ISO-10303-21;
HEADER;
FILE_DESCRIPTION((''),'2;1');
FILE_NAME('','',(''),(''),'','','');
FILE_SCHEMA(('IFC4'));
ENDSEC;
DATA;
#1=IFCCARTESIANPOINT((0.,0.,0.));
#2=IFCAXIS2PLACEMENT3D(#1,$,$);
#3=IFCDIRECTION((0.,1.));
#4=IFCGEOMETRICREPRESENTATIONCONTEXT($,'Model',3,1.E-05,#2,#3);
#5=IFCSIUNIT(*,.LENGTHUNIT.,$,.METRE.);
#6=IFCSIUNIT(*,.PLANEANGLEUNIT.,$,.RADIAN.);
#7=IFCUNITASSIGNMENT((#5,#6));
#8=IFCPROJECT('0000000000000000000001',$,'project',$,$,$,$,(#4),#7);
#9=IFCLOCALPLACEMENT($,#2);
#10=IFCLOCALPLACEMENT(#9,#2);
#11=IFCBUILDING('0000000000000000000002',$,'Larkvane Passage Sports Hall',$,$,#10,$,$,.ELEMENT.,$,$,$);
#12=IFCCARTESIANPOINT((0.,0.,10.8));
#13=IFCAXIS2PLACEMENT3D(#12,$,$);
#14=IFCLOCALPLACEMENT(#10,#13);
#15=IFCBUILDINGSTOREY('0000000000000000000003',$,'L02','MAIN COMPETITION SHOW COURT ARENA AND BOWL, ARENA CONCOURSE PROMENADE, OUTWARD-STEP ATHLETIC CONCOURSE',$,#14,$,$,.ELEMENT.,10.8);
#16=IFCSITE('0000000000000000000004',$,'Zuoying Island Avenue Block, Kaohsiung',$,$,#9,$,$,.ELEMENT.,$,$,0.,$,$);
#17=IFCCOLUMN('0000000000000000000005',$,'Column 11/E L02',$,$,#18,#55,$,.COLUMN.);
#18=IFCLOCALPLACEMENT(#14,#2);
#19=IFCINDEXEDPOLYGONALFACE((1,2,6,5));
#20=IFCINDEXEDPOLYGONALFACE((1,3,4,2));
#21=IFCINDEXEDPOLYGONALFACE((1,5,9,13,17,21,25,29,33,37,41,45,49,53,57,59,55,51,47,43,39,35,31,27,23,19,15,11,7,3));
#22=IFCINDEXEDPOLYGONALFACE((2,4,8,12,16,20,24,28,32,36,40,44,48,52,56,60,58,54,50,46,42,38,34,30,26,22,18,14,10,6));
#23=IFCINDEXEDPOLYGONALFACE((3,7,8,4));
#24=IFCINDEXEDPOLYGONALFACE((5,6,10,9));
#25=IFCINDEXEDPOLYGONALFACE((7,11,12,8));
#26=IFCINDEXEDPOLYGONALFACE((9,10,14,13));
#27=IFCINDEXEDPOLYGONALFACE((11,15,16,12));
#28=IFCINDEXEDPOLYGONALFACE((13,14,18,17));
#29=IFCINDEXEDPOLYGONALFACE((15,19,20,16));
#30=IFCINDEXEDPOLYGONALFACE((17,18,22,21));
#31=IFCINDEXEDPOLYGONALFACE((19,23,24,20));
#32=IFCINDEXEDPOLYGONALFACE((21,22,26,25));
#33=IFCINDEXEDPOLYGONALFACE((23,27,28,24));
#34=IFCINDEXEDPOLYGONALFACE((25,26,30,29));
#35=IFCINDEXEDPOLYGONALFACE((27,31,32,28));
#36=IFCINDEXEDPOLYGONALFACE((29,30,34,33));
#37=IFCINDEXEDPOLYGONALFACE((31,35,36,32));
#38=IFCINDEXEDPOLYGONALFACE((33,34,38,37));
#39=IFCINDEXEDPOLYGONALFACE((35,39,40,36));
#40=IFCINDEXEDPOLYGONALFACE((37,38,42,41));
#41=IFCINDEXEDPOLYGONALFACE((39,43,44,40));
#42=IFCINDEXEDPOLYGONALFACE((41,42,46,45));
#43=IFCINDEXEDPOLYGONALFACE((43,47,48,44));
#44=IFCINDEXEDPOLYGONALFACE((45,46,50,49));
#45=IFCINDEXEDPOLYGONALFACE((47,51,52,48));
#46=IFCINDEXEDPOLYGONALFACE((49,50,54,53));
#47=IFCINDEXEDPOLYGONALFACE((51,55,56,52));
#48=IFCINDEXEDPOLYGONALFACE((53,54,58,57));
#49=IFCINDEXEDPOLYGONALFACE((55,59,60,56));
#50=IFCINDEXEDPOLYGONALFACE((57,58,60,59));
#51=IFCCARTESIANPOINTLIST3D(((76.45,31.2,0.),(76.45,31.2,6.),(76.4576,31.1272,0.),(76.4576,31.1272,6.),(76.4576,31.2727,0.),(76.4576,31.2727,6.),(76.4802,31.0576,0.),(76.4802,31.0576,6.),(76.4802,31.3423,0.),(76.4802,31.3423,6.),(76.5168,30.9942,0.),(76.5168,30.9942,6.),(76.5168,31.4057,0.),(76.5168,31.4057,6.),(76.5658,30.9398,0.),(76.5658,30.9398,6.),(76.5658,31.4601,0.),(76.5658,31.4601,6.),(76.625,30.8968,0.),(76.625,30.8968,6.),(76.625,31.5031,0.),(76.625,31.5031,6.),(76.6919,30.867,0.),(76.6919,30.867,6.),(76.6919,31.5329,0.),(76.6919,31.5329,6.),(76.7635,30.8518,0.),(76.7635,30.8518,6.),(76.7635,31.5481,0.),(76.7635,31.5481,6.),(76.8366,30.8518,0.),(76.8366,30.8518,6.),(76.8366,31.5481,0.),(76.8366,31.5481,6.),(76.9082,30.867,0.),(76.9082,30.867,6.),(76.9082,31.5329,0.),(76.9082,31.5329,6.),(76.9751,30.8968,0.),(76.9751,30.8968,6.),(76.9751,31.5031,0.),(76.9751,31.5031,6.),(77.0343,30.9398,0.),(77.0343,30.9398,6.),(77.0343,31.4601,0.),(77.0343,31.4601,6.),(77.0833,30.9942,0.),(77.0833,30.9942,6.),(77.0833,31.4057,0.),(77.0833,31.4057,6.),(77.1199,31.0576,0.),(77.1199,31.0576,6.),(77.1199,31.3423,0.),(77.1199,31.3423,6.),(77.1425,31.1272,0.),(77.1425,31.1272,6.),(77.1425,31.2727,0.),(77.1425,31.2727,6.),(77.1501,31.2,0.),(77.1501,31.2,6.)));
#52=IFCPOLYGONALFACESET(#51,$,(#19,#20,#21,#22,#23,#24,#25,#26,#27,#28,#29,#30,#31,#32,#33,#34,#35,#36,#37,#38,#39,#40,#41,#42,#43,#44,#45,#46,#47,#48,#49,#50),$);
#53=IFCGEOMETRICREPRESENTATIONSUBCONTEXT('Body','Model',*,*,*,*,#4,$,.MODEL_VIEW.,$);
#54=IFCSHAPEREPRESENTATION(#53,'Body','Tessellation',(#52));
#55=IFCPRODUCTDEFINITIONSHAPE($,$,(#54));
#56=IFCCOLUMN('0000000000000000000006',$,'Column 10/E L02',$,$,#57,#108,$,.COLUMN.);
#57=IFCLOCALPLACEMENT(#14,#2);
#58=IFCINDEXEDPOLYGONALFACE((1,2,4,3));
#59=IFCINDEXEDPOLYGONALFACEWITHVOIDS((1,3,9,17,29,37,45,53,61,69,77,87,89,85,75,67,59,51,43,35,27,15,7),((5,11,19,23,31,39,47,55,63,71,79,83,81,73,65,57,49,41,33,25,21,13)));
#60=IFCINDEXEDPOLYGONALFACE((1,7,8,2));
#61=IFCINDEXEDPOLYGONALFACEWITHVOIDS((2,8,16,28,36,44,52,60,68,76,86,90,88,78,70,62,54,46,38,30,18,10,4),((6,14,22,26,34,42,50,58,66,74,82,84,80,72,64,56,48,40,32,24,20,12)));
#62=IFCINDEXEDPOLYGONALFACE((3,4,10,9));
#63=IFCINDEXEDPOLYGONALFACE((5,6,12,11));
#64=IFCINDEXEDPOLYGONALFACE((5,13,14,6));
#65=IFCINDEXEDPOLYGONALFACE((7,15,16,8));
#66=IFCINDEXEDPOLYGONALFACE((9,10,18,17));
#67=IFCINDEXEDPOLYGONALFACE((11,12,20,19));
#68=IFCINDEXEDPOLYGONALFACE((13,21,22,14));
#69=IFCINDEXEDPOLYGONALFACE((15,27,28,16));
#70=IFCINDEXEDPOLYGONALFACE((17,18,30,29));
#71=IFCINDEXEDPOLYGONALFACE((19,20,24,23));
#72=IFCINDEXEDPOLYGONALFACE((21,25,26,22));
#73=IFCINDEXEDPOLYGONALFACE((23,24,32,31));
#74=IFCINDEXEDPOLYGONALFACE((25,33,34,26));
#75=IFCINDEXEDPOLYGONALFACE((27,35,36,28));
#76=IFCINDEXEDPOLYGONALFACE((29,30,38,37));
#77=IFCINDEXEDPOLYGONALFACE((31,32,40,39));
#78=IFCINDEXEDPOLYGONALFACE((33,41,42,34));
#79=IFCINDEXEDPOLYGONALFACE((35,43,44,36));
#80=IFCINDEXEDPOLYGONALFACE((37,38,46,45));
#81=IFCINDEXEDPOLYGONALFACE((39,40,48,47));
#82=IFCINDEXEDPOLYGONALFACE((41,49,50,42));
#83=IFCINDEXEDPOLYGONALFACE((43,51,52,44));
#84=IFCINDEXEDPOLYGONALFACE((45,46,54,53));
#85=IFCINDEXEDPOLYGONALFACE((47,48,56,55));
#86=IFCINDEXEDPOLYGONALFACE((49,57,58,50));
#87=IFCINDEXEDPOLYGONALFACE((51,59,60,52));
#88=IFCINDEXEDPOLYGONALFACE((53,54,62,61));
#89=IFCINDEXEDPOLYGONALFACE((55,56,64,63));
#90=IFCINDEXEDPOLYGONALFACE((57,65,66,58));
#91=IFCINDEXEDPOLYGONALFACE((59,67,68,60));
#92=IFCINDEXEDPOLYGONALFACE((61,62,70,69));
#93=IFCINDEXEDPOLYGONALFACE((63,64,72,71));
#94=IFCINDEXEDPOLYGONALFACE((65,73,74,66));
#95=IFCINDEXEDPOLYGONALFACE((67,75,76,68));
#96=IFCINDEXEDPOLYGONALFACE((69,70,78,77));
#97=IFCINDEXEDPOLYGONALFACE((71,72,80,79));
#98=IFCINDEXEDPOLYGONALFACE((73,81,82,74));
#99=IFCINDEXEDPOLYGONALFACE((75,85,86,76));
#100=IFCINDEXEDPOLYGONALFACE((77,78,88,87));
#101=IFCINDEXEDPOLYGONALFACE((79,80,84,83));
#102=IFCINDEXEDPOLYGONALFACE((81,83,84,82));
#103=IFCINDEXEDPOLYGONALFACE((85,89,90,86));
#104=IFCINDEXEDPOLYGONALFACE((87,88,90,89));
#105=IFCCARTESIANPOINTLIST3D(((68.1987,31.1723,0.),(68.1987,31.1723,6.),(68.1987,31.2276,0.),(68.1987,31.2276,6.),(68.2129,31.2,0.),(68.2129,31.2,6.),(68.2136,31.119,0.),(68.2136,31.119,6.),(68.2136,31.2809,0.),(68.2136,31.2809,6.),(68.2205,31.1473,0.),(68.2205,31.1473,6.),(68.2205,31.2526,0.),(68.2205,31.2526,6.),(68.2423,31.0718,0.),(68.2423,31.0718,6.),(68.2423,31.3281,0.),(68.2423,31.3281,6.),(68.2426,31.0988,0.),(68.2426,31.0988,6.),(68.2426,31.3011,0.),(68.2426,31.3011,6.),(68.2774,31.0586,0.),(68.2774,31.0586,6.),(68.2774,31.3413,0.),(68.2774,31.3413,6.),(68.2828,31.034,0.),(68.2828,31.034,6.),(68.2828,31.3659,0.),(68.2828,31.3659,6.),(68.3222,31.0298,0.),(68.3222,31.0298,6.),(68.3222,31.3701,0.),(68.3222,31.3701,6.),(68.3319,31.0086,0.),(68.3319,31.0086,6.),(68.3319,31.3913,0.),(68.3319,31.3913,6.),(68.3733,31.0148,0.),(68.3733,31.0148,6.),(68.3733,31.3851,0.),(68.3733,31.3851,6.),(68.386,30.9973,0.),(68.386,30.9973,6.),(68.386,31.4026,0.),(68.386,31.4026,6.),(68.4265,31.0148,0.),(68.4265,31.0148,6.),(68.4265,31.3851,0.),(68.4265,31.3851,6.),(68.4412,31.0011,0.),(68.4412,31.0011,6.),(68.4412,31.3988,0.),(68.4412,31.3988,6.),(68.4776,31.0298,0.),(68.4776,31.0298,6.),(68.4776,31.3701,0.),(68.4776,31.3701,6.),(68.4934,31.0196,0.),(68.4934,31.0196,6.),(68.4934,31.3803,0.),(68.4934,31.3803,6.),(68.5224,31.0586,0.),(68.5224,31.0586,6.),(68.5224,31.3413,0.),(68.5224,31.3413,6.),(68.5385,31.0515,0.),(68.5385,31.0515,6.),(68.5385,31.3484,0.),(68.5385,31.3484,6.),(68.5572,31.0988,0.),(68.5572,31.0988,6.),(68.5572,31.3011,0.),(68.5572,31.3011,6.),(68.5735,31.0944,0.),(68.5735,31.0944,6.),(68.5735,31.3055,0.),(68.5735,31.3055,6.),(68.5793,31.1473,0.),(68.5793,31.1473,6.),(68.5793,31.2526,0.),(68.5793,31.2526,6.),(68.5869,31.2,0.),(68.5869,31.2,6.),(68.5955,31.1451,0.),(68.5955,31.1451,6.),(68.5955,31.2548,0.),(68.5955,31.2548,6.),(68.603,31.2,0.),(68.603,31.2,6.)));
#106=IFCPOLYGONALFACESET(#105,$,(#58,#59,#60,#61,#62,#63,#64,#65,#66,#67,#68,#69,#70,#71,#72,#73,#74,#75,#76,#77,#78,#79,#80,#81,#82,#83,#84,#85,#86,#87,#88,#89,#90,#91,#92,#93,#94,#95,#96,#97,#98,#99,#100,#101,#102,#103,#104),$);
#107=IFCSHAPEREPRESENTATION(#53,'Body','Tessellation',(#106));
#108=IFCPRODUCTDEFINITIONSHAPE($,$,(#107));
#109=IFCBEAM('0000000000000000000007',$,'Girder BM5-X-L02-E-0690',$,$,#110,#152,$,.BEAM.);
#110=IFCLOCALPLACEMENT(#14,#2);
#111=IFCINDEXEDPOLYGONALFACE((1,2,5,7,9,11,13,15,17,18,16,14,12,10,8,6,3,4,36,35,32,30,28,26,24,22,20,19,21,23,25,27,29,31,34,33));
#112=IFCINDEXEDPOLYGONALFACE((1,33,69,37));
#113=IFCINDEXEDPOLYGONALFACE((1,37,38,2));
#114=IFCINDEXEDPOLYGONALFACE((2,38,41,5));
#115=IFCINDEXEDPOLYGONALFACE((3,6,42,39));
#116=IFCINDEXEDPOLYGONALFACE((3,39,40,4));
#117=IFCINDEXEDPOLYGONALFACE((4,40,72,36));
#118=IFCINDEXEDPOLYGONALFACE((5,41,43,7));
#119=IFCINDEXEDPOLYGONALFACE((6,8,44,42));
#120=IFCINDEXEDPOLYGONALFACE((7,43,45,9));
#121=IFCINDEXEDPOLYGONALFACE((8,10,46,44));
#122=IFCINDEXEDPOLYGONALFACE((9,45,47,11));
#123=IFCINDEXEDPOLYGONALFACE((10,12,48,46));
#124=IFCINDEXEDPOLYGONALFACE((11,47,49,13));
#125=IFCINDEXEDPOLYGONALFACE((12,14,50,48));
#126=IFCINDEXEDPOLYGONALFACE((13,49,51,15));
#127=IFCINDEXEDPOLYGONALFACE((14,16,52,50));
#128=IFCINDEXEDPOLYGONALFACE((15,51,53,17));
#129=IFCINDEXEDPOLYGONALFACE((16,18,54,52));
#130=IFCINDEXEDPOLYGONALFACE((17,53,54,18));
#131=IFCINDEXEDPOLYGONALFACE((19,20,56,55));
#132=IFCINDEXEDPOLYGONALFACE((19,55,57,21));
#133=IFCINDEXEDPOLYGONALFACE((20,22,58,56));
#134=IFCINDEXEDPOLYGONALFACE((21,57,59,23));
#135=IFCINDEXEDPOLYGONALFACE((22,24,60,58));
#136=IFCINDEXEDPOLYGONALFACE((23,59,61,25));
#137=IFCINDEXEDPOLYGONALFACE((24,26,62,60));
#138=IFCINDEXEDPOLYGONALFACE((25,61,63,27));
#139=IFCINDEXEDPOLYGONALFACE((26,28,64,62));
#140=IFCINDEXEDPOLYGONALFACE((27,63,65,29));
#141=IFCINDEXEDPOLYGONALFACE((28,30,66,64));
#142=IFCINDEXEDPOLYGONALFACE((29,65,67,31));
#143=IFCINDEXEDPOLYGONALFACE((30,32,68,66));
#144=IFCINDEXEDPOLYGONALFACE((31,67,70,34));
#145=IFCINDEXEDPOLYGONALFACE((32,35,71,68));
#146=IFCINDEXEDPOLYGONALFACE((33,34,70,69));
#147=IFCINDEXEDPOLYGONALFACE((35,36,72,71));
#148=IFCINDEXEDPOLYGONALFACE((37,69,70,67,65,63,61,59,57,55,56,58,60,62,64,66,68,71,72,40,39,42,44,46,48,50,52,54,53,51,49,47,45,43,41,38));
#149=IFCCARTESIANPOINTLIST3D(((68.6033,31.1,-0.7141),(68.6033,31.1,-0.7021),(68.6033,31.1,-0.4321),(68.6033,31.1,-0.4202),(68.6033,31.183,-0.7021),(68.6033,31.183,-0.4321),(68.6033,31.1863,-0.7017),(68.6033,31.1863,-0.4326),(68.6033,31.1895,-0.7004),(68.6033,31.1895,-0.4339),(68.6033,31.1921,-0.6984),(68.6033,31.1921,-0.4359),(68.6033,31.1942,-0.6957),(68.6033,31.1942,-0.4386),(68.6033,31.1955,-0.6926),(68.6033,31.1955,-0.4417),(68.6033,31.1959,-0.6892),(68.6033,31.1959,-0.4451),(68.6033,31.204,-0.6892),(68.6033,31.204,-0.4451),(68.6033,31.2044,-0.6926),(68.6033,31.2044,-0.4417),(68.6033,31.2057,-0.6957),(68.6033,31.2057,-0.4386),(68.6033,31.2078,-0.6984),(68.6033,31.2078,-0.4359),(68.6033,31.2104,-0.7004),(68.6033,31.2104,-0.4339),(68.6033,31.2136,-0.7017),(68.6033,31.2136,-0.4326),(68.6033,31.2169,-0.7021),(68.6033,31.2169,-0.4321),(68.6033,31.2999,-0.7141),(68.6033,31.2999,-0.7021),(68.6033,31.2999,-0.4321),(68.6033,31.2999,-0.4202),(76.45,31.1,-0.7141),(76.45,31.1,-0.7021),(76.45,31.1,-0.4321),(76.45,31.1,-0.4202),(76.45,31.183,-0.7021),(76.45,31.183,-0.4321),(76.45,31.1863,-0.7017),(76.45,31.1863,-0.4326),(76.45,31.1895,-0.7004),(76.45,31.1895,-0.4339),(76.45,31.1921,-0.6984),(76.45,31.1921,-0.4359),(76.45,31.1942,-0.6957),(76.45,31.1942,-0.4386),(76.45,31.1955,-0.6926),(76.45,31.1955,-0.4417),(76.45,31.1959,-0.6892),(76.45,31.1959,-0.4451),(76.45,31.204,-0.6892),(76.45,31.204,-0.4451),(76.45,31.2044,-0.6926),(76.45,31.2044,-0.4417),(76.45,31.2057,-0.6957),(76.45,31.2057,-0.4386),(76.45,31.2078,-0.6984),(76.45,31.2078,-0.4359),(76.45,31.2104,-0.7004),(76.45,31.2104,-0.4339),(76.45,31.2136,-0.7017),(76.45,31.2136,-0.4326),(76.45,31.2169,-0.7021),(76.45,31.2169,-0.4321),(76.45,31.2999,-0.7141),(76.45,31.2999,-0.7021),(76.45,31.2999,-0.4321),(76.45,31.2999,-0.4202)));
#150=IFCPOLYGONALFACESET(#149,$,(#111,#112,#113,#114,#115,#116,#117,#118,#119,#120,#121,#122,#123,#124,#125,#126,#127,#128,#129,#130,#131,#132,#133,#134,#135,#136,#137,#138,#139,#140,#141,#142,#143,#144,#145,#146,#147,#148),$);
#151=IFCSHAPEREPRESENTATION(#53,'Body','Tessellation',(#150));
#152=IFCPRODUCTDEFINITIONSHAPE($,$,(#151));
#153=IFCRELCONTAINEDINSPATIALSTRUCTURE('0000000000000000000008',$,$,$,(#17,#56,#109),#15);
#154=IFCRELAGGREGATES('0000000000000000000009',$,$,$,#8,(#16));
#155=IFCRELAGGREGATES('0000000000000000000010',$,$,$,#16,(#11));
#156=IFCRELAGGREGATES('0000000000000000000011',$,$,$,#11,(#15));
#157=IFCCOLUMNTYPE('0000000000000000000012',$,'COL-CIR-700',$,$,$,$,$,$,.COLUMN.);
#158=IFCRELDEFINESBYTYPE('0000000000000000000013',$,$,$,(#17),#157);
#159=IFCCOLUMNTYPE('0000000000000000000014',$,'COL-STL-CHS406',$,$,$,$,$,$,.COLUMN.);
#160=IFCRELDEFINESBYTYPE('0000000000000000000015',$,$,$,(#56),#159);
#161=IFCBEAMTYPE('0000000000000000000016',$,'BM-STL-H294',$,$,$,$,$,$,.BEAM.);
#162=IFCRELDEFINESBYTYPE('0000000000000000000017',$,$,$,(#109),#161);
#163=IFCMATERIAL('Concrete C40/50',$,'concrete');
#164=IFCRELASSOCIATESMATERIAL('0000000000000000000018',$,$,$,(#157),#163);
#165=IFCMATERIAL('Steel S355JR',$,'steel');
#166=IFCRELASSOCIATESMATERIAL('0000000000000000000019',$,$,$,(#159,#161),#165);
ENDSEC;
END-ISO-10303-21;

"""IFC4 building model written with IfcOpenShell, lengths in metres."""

from ifc_helpers import new_model, si_unit, direction, frame, origin, origin_2d, place, context, subcontext, project, spatial, circle, hollow_circle, i_section, extrude, material, material_profile, profile_set, type_object, element, save


model = new_model("IFC4")

# Units and contexts
model_context = context("Model", 3, precision=1e-05, world=origin(), true_north=direction((0.0, 1.0)))
body_context = subcontext(model_context, "Body", "Model", "MODEL_VIEW")
ifc_project = project(units=[si_unit("LENGTHUNIT", "METRE"), si_unit("PLANEANGLEUNIT", "RADIAN")], contexts=[model_context])

# Site, building, storey
site_placement = place(None, origin())
site = spatial("IfcSite", under=ifc_project, at=site_placement, Name="Zuoying Island Avenue Block, Kaohsiung", CompositionType="ELEMENT", RefElevation=0.0)
building_placement = place(site_placement, origin())
building = spatial("IfcBuilding", under=site, at=building_placement, Name="Larkvane Passage Sports Hall", CompositionType="ELEMENT")
storey_placement = place(building_placement, frame((0.0, 0.0, 10.8)))
storey = spatial("IfcBuildingStorey", under=building, at=storey_placement, Name="L02", Description="MAIN COMPETITION SHOW COURT ARENA AND BOWL, ARENA CONCOURSE PROMENADE, OUTWARD-STEP ATHLETIC CONCOURSE", CompositionType="ELEMENT", Elevation=10.8)

# Columns
ifc_material_1 = material(Name="Concrete C40/50", Category="concrete")
ifc_material_profile_1 = material_profile(ifc_material_1, circle(Radius=0.3501, at=origin_2d()), Name="RC-CIR-700")
ifc_profile_set_1 = profile_set([ifc_material_profile_1], Name="Concrete C40/50")
column_type_1 = type_object("IfcColumnType", Name="COL-CIR-700", PredefinedType="COLUMN", material=ifc_profile_set_1)
column_1_placement = place(storey_placement, frame((76.8, 31.2, 0.0), z_axis=(0.0, 0.0, 1.0), x_axis=(1.0, 0.0, 0.0)))
element("IfcColumn", 1, at=column_1_placement, inside=storey, type_object=column_type_1, Name="Column 11/E L02", PredefinedType="COLUMN", context=body_context, shape_type="SweptSolid", body=[
    extrude(circle(Radius=0.3501, at=origin_2d()), origin(), (0.0, 0.0, 1.0), 6.0),
])
ifc_material_2 = material(Name="Steel S355JR", Category="steel")
ifc_material_profile_2 = material_profile(ifc_material_2, hollow_circle(Radius=0.2031, WallThickness=0.0161, at=origin_2d()), Name="CHS-406.4x16.0")
ifc_profile_set_2 = profile_set([ifc_material_profile_2], Name="Steel S355JR")
column_type_2 = type_object("IfcColumnType", Name="COL-STL-CHS406", PredefinedType="COLUMN", material=ifc_profile_set_2)
column_2_placement = place(storey_placement, frame((68.3999, 31.2, 0.0), z_axis=(0.0, 0.0, 1.0), x_axis=(1.0, 0.0, 0.0)))
element("IfcColumn", 2, at=column_2_placement, inside=storey, type_object=column_type_2, Name="Column 10/E L02", PredefinedType="COLUMN", context=body_context, shape_type="SweptSolid", body=[
    extrude(hollow_circle(Radius=0.2031, WallThickness=0.0161, at=origin_2d()), origin(), (0.0, 0.0, 1.0), 6.0),
])

# Beam
ifc_material_profile_3 = material_profile(ifc_material_2, i_section(OverallWidth=0.2, OverallDepth=0.2939, WebThickness=0.0081, FlangeThickness=0.012, FilletRadius=0.0129, at=origin_2d()), Name="H-294x200x8x12")
ifc_profile_set_3 = profile_set([ifc_material_profile_3], Name="Steel S355JR")
beam_type_1 = type_object("IfcBeamType", Name="BM-STL-H294", PredefinedType="BEAM", material=ifc_profile_set_3)
beam_1_placement = place(storey_placement, frame((68.6033, 31.2, -0.5671), z_axis=(1.0, 0.0, 0.0), x_axis=(0.0, 1.0, 0.0)))
element("IfcBeam", 3, at=beam_1_placement, inside=storey, type_object=beam_type_1, Name="Girder BM5-X-L02-E-0690", PredefinedType="BEAM", context=body_context, shape_type="SweptSolid", body=[
    extrude(i_section(OverallWidth=0.2, OverallDepth=0.2939, WebThickness=0.0081, FlangeThickness=0.012, FilletRadius=0.0129, at=origin_2d()), origin(), (0.0, 0.0, 1.0), 7.8467),
])

save(model, "model.ifc")
